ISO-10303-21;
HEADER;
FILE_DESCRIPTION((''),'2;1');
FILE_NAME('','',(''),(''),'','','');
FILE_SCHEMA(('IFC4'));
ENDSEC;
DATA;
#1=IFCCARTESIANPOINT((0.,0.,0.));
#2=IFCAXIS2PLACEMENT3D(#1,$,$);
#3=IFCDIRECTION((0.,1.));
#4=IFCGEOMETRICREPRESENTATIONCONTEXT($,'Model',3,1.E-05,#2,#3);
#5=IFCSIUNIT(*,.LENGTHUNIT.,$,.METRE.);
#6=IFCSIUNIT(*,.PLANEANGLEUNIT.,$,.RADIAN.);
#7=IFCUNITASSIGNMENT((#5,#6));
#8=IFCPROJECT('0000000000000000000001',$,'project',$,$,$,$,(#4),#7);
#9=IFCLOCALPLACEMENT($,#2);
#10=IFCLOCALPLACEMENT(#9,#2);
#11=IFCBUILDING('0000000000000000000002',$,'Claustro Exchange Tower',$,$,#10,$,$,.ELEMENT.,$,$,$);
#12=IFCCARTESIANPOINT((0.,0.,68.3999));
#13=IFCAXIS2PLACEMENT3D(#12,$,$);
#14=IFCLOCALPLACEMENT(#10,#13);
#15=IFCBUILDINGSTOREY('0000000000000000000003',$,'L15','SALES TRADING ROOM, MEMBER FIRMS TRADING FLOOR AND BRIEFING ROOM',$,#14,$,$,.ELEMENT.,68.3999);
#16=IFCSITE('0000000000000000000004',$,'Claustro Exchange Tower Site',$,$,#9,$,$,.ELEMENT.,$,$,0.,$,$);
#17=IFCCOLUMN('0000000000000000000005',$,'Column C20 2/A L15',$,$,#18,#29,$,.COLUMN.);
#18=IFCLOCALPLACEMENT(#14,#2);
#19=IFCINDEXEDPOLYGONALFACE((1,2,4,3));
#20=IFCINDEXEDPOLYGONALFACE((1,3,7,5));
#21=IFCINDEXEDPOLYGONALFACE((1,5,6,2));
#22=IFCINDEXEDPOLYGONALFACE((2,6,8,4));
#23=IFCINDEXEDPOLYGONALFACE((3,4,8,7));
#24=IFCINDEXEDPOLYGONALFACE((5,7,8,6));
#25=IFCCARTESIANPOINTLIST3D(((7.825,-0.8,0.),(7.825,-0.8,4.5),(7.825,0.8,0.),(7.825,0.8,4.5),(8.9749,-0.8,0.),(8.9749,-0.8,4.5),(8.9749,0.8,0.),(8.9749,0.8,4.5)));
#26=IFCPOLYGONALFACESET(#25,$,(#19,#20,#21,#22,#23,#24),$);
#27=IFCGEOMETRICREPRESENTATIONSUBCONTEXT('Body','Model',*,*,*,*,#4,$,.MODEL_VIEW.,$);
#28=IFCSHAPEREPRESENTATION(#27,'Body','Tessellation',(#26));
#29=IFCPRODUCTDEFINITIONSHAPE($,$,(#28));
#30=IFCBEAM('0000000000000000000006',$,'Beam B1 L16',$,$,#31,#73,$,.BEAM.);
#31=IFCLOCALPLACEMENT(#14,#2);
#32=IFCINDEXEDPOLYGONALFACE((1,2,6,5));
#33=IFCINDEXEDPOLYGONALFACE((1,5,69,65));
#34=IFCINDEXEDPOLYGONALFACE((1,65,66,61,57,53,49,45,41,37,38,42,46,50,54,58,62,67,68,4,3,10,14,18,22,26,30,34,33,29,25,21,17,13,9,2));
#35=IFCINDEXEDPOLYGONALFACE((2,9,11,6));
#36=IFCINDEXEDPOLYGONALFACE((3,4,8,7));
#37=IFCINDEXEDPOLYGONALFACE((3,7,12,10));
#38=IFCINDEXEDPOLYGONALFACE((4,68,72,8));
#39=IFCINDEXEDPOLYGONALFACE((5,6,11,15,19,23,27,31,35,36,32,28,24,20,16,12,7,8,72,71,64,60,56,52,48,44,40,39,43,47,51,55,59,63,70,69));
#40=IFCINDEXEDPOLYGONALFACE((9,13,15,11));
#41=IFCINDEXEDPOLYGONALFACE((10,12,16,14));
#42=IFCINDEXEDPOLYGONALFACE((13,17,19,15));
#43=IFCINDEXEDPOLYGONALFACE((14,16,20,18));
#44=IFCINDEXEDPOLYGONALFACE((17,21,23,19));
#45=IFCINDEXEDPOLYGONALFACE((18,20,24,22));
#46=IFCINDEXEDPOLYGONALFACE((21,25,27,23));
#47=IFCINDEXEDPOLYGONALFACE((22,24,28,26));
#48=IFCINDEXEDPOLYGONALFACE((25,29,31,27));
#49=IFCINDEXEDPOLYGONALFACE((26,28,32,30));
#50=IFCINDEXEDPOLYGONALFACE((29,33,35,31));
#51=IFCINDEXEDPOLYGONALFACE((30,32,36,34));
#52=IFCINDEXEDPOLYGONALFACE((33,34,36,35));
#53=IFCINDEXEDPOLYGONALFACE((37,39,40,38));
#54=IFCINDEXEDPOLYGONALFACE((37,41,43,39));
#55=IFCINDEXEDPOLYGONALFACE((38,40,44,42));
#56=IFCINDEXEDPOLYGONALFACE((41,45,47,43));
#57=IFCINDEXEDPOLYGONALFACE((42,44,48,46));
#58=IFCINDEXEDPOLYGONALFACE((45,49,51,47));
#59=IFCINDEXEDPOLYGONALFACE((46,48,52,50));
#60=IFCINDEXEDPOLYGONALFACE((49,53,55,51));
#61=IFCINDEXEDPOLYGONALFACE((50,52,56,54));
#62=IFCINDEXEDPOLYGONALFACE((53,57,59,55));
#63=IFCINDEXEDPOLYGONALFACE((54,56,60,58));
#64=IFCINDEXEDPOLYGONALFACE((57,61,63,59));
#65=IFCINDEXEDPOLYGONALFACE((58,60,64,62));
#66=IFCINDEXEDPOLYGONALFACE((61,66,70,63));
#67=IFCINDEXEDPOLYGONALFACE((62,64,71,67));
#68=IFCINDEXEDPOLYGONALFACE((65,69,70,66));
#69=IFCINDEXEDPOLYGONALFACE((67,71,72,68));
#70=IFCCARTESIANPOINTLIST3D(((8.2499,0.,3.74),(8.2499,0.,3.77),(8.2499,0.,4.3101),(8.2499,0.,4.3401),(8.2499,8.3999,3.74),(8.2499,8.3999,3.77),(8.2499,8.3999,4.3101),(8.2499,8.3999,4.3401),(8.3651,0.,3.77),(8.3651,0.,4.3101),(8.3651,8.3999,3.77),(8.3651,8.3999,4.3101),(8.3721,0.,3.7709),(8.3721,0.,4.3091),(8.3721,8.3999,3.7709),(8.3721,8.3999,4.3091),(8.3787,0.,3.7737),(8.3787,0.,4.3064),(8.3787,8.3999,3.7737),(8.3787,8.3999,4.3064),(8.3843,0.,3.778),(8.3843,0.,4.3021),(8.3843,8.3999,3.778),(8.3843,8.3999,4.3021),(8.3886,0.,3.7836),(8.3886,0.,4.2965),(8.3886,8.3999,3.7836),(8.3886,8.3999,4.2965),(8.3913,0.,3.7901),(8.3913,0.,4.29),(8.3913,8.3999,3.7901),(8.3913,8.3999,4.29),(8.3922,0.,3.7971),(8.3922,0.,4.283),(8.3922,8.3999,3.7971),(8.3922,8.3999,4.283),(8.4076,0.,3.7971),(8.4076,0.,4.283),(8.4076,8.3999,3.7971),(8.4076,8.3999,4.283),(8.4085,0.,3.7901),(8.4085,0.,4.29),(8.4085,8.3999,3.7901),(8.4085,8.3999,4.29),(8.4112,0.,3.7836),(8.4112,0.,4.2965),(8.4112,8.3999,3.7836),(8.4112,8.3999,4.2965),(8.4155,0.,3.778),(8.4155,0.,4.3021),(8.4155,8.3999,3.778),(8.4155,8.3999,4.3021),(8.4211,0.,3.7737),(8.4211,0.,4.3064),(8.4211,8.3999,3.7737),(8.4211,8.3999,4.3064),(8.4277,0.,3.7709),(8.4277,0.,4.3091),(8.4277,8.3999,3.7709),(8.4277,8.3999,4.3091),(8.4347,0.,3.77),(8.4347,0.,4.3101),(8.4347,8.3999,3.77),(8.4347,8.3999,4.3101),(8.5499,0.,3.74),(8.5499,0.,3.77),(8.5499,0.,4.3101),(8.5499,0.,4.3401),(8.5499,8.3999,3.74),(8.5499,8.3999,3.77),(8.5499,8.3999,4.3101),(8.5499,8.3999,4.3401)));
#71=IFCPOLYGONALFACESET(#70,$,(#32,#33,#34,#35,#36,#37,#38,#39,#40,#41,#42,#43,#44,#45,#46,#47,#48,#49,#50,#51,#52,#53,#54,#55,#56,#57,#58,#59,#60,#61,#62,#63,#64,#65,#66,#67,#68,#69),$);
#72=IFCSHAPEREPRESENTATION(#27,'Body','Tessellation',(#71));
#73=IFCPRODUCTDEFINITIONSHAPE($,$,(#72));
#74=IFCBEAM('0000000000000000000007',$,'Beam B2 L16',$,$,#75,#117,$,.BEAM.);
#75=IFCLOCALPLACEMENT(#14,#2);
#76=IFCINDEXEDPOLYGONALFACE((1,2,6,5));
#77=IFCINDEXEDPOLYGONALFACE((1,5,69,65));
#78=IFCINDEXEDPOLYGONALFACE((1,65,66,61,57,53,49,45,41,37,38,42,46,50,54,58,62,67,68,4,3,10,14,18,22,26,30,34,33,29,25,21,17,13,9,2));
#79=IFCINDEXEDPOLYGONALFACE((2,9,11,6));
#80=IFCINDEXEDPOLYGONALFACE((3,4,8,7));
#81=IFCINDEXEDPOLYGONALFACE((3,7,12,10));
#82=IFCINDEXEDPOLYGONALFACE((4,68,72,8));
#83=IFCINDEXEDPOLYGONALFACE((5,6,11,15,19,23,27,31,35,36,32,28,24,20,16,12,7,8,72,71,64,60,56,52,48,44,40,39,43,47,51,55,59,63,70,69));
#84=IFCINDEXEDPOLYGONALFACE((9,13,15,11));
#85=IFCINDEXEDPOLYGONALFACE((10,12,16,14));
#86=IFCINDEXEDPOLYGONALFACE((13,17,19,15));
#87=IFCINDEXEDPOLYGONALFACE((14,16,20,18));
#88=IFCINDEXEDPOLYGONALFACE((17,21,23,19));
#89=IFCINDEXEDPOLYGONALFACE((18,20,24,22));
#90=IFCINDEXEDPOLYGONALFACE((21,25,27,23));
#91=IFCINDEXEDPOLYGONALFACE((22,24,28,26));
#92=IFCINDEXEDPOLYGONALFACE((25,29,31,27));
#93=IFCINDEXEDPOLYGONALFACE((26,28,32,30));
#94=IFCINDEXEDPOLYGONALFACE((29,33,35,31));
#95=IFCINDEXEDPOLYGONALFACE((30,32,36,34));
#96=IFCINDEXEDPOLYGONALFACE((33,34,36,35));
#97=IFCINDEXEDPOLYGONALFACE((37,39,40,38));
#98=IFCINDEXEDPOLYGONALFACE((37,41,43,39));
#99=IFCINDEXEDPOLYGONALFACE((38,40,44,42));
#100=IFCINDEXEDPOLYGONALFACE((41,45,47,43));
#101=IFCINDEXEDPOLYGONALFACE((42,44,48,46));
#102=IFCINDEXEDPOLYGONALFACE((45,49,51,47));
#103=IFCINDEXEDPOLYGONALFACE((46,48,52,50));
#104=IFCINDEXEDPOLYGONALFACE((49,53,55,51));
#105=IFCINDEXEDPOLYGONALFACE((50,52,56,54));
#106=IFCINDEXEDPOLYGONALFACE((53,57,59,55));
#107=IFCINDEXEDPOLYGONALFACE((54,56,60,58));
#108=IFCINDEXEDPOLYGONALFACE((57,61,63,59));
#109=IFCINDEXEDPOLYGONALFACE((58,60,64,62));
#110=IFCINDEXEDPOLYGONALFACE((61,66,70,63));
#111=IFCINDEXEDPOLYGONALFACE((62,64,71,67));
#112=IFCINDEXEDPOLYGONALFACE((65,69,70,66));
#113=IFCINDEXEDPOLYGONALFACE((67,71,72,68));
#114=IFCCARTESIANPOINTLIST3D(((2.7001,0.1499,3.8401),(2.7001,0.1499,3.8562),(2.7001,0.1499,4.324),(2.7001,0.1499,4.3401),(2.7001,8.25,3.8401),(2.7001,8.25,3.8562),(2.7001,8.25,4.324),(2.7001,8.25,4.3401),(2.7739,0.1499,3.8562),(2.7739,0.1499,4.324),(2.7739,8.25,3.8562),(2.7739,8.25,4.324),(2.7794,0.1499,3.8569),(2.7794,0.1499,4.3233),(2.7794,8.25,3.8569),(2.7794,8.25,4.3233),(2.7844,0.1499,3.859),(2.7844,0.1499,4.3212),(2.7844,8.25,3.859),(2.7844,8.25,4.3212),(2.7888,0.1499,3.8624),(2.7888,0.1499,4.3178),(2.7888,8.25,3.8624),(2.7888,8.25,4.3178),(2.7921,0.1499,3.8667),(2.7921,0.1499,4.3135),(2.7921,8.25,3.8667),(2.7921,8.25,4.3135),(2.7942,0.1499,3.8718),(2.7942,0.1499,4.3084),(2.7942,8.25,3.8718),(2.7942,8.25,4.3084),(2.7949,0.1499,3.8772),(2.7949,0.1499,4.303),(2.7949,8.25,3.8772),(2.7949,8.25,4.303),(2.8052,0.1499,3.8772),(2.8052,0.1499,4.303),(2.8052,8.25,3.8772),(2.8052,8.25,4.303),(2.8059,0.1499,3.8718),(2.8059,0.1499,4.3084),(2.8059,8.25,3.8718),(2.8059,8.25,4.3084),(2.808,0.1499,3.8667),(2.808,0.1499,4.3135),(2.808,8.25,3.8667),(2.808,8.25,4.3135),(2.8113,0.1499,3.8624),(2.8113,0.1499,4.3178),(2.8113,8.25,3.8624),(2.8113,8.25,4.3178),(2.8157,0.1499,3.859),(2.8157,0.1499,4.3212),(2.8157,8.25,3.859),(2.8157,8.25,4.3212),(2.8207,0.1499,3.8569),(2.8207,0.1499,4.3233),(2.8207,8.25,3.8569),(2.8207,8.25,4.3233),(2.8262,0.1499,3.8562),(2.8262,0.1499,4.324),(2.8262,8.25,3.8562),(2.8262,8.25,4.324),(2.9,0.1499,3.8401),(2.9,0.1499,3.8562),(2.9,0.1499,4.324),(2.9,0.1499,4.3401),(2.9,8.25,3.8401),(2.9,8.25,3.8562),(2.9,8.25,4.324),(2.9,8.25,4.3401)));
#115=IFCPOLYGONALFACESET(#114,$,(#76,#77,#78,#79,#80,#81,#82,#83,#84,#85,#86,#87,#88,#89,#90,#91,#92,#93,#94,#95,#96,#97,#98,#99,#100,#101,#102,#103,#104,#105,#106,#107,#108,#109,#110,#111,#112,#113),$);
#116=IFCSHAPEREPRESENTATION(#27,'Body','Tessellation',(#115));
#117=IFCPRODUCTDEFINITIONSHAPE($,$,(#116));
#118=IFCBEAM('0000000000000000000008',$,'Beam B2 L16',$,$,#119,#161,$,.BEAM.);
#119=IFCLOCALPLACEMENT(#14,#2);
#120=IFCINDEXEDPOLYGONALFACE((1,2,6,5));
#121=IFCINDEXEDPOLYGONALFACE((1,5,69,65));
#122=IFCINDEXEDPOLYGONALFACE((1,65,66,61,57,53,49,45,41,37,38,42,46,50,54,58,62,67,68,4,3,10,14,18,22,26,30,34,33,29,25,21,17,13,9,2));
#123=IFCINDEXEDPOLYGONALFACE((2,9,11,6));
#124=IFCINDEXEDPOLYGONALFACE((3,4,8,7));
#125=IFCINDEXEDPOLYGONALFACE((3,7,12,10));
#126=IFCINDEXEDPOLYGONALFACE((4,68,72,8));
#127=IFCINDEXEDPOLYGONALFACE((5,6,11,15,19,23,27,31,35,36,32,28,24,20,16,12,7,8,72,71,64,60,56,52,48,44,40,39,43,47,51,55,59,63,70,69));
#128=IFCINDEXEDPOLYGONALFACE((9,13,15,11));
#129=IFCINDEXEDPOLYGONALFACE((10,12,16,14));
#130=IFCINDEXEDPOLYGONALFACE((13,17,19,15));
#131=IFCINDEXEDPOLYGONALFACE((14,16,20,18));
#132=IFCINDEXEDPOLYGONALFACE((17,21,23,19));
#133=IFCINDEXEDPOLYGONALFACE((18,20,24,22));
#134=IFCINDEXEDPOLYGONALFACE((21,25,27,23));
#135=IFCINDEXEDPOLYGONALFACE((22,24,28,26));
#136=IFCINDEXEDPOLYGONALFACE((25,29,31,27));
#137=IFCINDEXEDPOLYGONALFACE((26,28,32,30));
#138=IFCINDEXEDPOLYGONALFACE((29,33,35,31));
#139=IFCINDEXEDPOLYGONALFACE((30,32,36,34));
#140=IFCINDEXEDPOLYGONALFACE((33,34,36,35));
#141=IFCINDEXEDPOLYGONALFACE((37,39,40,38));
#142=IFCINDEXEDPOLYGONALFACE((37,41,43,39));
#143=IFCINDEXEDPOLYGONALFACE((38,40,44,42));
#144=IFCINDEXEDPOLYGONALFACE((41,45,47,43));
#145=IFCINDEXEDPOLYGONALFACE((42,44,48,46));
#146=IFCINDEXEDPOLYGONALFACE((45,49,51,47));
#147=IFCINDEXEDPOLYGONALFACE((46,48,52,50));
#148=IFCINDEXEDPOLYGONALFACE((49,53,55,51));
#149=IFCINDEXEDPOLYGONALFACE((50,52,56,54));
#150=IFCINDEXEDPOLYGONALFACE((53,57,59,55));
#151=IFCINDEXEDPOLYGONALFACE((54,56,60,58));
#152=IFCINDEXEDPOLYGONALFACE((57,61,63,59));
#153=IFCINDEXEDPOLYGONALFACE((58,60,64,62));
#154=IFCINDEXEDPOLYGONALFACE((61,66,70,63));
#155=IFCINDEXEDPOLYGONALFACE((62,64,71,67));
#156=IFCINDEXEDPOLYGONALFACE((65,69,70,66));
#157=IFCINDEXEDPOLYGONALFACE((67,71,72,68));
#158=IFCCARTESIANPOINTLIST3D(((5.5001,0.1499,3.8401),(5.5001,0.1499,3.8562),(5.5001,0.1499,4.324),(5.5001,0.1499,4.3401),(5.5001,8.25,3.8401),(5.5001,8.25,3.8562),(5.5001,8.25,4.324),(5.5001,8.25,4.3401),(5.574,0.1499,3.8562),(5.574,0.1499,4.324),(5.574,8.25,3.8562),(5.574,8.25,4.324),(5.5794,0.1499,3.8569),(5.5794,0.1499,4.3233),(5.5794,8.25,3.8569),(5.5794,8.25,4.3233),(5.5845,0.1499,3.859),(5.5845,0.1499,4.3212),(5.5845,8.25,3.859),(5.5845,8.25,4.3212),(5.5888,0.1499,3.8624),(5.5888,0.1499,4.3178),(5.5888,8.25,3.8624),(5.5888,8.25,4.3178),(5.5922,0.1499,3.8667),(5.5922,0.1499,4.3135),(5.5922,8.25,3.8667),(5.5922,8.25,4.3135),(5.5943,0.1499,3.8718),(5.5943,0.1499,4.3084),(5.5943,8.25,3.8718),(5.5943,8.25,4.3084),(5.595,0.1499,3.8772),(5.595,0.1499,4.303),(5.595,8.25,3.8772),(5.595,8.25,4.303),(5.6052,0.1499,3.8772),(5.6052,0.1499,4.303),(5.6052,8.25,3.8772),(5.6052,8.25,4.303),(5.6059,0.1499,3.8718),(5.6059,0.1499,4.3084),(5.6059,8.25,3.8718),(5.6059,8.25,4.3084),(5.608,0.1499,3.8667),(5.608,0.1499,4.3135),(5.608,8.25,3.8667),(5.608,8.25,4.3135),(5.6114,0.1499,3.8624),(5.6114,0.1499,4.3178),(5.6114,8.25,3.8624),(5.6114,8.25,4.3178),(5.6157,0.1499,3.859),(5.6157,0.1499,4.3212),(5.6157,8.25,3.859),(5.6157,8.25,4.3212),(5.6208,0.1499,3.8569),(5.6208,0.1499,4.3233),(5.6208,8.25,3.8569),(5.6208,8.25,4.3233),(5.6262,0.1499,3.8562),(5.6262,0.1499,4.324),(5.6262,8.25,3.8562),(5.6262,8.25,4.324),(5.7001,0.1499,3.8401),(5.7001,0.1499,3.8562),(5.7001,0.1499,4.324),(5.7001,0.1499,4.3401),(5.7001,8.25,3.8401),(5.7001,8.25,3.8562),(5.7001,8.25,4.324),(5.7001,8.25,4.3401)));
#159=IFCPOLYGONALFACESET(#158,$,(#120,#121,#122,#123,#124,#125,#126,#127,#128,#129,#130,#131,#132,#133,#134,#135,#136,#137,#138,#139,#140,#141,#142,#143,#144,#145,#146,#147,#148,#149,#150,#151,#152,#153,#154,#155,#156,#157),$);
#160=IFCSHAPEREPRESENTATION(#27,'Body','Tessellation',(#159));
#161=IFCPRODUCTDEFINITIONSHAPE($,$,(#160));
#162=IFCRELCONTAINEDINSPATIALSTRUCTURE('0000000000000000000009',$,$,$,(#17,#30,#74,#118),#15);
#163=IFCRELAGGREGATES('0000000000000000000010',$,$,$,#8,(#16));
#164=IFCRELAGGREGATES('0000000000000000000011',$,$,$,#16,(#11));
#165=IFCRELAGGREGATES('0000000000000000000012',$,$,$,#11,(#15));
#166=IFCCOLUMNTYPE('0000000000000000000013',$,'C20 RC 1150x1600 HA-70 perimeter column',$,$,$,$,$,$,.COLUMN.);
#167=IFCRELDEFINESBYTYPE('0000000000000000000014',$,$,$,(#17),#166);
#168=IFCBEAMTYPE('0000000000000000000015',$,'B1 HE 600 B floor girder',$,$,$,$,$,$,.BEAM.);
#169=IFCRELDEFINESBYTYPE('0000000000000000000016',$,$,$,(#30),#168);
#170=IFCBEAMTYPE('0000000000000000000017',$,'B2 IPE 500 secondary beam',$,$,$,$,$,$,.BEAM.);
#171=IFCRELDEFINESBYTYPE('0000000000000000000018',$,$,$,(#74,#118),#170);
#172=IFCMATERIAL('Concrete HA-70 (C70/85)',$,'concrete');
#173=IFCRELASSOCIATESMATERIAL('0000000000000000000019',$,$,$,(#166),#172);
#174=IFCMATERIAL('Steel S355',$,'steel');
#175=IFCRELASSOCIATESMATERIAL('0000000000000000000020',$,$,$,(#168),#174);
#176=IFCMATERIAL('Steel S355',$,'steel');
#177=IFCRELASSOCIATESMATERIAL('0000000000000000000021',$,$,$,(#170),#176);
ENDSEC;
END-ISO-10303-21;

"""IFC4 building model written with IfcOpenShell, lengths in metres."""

from ifc_helpers import new_model, si_unit, direction, frame, origin, origin_2d, place, context, subcontext, project, spatial, rectangle, i_section, extrude, material, material_profile, profile_set, type_object, element, save


model = new_model("IFC4")

# Units and contexts
model_context = context("Model", 3, precision=1e-05, world=origin(), true_north=direction((0.0, 1.0)))
body_context = subcontext(model_context, "Body", "Model", "MODEL_VIEW")
ifc_project = project(units=[si_unit("LENGTHUNIT", "METRE"), si_unit("PLANEANGLEUNIT", "RADIAN")], contexts=[model_context])

# Site, building, storey
site_placement = place(None, origin())
site = spatial("IfcSite", under=ifc_project, at=site_placement, Name="Claustro Exchange Tower Site", CompositionType="ELEMENT", RefElevation=0.0)
building_placement = place(site_placement, origin())
building = spatial("IfcBuilding", under=site, at=building_placement, Name="Claustro Exchange Tower", CompositionType="ELEMENT")
storey_placement = place(building_placement, frame((0.0, 0.0, 68.3999)))
storey = spatial("IfcBuildingStorey", under=building, at=storey_placement, Name="L15", Description="SALES TRADING ROOM, MEMBER FIRMS TRADING FLOOR AND BRIEFING ROOM", CompositionType="ELEMENT", Elevation=68.3999)

# Column
ifc_material_1 = material(Name="Concrete HA-70 (C70/85)", Category="concrete")
ifc_material_profile_1 = material_profile(ifc_material_1, rectangle(XDim=1.1499, YDim=1.6001, at=origin_2d()), Name="RC 1150x1600")
ifc_profile_set_1 = profile_set([ifc_material_profile_1], Name="Concrete HA-70 (C70/85)")
column_type = type_object("IfcColumnType", Name="C20 RC 1150x1600 HA-70 perimeter column", PredefinedType="COLUMN", material=ifc_profile_set_1)
column_placement = place(storey_placement, frame((8.3999, 0.0, 0.0), z_axis=(0.0, 0.0, 1.0), x_axis=(1.0, 0.0, 0.0)))
element("IfcColumn", 1, at=column_placement, inside=storey, type_object=column_type, Name="Column C20 2/A L15", PredefinedType="COLUMN", context=body_context, shape_type="SweptSolid", body=[
    extrude(rectangle(XDim=1.1499, YDim=1.6001, at=origin_2d()), origin(), (0.0, 0.0, 1.0), 4.5),
])

# Beams
ifc_material_2 = material(Name="Steel S355", Category="steel")
ifc_material_profile_2 = material_profile(ifc_material_2, i_section(OverallWidth=0.3, OverallDepth=0.6001, WebThickness=0.0154, FlangeThickness=0.03, FilletRadius=0.0271, at=origin_2d()), Name="HE 600 B")
ifc_profile_set_2 = profile_set([ifc_material_profile_2], Name="Steel S355")
beam_type_1 = type_object("IfcBeamType", Name="B1 HE 600 B floor girder", PredefinedType="BEAM", material=ifc_profile_set_2)
beam_1_placement = place(storey_placement, frame((8.3999, 0.0, 4.04), z_axis=(0.0, 1.0, 0.0), x_axis=(-1.0, 0.0, 0.0)))
element("IfcBeam", 2, at=beam_1_placement, inside=storey, type_object=beam_type_1, Name="Beam B1 L16", PredefinedType="BEAM", context=body_context, shape_type="SweptSolid", body=[
    extrude(i_section(OverallWidth=0.3, OverallDepth=0.6001, WebThickness=0.0154, FlangeThickness=0.03, FilletRadius=0.0271, at=origin_2d()), origin(), (0.0, 0.0, 1.0), 8.3999),
])
ifc_material_3 = material(Name="Steel S355", Category="steel")
ifc_material_profile_3 = material_profile(ifc_material_3, i_section(OverallWidth=0.2, OverallDepth=0.5, WebThickness=0.0103, FlangeThickness=0.0161, FilletRadius=0.021, at=origin_2d()), Name="IPE 500")
ifc_profile_set_3 = profile_set([ifc_material_profile_3], Name="Steel S355")
beam_type_2 = type_object("IfcBeamType", Name="B2 IPE 500 secondary beam", PredefinedType="BEAM", material=ifc_profile_set_3)
for number, where, z_axis, x_axis, name in (
    (3, (2.8, 0.1499, 4.0901), (0.0, 1.0, 0.0), (-1.0, 0.0, 0.0), "Beam B2 L16"),
    (4, (5.6001, 0.1499, 4.0901), (0.0, 1.0, 0.0), (-1.0, 0.0, 0.0), "Beam B2 L16"),
):
    element("IfcBeam", number, at=place(storey_placement, frame(where, z_axis=z_axis, x_axis=x_axis)), inside=storey, type_object=beam_type_2, Name=name, PredefinedType="BEAM", context=body_context, shape_type="SweptSolid", body=[
        extrude(i_section(OverallWidth=0.2, OverallDepth=0.5, WebThickness=0.0103, FlangeThickness=0.0161, FilletRadius=0.021, at=origin_2d()), origin(), (0.0, 0.0, 1.0), 8.1001),
    ])

save(model, "model.ifc")
